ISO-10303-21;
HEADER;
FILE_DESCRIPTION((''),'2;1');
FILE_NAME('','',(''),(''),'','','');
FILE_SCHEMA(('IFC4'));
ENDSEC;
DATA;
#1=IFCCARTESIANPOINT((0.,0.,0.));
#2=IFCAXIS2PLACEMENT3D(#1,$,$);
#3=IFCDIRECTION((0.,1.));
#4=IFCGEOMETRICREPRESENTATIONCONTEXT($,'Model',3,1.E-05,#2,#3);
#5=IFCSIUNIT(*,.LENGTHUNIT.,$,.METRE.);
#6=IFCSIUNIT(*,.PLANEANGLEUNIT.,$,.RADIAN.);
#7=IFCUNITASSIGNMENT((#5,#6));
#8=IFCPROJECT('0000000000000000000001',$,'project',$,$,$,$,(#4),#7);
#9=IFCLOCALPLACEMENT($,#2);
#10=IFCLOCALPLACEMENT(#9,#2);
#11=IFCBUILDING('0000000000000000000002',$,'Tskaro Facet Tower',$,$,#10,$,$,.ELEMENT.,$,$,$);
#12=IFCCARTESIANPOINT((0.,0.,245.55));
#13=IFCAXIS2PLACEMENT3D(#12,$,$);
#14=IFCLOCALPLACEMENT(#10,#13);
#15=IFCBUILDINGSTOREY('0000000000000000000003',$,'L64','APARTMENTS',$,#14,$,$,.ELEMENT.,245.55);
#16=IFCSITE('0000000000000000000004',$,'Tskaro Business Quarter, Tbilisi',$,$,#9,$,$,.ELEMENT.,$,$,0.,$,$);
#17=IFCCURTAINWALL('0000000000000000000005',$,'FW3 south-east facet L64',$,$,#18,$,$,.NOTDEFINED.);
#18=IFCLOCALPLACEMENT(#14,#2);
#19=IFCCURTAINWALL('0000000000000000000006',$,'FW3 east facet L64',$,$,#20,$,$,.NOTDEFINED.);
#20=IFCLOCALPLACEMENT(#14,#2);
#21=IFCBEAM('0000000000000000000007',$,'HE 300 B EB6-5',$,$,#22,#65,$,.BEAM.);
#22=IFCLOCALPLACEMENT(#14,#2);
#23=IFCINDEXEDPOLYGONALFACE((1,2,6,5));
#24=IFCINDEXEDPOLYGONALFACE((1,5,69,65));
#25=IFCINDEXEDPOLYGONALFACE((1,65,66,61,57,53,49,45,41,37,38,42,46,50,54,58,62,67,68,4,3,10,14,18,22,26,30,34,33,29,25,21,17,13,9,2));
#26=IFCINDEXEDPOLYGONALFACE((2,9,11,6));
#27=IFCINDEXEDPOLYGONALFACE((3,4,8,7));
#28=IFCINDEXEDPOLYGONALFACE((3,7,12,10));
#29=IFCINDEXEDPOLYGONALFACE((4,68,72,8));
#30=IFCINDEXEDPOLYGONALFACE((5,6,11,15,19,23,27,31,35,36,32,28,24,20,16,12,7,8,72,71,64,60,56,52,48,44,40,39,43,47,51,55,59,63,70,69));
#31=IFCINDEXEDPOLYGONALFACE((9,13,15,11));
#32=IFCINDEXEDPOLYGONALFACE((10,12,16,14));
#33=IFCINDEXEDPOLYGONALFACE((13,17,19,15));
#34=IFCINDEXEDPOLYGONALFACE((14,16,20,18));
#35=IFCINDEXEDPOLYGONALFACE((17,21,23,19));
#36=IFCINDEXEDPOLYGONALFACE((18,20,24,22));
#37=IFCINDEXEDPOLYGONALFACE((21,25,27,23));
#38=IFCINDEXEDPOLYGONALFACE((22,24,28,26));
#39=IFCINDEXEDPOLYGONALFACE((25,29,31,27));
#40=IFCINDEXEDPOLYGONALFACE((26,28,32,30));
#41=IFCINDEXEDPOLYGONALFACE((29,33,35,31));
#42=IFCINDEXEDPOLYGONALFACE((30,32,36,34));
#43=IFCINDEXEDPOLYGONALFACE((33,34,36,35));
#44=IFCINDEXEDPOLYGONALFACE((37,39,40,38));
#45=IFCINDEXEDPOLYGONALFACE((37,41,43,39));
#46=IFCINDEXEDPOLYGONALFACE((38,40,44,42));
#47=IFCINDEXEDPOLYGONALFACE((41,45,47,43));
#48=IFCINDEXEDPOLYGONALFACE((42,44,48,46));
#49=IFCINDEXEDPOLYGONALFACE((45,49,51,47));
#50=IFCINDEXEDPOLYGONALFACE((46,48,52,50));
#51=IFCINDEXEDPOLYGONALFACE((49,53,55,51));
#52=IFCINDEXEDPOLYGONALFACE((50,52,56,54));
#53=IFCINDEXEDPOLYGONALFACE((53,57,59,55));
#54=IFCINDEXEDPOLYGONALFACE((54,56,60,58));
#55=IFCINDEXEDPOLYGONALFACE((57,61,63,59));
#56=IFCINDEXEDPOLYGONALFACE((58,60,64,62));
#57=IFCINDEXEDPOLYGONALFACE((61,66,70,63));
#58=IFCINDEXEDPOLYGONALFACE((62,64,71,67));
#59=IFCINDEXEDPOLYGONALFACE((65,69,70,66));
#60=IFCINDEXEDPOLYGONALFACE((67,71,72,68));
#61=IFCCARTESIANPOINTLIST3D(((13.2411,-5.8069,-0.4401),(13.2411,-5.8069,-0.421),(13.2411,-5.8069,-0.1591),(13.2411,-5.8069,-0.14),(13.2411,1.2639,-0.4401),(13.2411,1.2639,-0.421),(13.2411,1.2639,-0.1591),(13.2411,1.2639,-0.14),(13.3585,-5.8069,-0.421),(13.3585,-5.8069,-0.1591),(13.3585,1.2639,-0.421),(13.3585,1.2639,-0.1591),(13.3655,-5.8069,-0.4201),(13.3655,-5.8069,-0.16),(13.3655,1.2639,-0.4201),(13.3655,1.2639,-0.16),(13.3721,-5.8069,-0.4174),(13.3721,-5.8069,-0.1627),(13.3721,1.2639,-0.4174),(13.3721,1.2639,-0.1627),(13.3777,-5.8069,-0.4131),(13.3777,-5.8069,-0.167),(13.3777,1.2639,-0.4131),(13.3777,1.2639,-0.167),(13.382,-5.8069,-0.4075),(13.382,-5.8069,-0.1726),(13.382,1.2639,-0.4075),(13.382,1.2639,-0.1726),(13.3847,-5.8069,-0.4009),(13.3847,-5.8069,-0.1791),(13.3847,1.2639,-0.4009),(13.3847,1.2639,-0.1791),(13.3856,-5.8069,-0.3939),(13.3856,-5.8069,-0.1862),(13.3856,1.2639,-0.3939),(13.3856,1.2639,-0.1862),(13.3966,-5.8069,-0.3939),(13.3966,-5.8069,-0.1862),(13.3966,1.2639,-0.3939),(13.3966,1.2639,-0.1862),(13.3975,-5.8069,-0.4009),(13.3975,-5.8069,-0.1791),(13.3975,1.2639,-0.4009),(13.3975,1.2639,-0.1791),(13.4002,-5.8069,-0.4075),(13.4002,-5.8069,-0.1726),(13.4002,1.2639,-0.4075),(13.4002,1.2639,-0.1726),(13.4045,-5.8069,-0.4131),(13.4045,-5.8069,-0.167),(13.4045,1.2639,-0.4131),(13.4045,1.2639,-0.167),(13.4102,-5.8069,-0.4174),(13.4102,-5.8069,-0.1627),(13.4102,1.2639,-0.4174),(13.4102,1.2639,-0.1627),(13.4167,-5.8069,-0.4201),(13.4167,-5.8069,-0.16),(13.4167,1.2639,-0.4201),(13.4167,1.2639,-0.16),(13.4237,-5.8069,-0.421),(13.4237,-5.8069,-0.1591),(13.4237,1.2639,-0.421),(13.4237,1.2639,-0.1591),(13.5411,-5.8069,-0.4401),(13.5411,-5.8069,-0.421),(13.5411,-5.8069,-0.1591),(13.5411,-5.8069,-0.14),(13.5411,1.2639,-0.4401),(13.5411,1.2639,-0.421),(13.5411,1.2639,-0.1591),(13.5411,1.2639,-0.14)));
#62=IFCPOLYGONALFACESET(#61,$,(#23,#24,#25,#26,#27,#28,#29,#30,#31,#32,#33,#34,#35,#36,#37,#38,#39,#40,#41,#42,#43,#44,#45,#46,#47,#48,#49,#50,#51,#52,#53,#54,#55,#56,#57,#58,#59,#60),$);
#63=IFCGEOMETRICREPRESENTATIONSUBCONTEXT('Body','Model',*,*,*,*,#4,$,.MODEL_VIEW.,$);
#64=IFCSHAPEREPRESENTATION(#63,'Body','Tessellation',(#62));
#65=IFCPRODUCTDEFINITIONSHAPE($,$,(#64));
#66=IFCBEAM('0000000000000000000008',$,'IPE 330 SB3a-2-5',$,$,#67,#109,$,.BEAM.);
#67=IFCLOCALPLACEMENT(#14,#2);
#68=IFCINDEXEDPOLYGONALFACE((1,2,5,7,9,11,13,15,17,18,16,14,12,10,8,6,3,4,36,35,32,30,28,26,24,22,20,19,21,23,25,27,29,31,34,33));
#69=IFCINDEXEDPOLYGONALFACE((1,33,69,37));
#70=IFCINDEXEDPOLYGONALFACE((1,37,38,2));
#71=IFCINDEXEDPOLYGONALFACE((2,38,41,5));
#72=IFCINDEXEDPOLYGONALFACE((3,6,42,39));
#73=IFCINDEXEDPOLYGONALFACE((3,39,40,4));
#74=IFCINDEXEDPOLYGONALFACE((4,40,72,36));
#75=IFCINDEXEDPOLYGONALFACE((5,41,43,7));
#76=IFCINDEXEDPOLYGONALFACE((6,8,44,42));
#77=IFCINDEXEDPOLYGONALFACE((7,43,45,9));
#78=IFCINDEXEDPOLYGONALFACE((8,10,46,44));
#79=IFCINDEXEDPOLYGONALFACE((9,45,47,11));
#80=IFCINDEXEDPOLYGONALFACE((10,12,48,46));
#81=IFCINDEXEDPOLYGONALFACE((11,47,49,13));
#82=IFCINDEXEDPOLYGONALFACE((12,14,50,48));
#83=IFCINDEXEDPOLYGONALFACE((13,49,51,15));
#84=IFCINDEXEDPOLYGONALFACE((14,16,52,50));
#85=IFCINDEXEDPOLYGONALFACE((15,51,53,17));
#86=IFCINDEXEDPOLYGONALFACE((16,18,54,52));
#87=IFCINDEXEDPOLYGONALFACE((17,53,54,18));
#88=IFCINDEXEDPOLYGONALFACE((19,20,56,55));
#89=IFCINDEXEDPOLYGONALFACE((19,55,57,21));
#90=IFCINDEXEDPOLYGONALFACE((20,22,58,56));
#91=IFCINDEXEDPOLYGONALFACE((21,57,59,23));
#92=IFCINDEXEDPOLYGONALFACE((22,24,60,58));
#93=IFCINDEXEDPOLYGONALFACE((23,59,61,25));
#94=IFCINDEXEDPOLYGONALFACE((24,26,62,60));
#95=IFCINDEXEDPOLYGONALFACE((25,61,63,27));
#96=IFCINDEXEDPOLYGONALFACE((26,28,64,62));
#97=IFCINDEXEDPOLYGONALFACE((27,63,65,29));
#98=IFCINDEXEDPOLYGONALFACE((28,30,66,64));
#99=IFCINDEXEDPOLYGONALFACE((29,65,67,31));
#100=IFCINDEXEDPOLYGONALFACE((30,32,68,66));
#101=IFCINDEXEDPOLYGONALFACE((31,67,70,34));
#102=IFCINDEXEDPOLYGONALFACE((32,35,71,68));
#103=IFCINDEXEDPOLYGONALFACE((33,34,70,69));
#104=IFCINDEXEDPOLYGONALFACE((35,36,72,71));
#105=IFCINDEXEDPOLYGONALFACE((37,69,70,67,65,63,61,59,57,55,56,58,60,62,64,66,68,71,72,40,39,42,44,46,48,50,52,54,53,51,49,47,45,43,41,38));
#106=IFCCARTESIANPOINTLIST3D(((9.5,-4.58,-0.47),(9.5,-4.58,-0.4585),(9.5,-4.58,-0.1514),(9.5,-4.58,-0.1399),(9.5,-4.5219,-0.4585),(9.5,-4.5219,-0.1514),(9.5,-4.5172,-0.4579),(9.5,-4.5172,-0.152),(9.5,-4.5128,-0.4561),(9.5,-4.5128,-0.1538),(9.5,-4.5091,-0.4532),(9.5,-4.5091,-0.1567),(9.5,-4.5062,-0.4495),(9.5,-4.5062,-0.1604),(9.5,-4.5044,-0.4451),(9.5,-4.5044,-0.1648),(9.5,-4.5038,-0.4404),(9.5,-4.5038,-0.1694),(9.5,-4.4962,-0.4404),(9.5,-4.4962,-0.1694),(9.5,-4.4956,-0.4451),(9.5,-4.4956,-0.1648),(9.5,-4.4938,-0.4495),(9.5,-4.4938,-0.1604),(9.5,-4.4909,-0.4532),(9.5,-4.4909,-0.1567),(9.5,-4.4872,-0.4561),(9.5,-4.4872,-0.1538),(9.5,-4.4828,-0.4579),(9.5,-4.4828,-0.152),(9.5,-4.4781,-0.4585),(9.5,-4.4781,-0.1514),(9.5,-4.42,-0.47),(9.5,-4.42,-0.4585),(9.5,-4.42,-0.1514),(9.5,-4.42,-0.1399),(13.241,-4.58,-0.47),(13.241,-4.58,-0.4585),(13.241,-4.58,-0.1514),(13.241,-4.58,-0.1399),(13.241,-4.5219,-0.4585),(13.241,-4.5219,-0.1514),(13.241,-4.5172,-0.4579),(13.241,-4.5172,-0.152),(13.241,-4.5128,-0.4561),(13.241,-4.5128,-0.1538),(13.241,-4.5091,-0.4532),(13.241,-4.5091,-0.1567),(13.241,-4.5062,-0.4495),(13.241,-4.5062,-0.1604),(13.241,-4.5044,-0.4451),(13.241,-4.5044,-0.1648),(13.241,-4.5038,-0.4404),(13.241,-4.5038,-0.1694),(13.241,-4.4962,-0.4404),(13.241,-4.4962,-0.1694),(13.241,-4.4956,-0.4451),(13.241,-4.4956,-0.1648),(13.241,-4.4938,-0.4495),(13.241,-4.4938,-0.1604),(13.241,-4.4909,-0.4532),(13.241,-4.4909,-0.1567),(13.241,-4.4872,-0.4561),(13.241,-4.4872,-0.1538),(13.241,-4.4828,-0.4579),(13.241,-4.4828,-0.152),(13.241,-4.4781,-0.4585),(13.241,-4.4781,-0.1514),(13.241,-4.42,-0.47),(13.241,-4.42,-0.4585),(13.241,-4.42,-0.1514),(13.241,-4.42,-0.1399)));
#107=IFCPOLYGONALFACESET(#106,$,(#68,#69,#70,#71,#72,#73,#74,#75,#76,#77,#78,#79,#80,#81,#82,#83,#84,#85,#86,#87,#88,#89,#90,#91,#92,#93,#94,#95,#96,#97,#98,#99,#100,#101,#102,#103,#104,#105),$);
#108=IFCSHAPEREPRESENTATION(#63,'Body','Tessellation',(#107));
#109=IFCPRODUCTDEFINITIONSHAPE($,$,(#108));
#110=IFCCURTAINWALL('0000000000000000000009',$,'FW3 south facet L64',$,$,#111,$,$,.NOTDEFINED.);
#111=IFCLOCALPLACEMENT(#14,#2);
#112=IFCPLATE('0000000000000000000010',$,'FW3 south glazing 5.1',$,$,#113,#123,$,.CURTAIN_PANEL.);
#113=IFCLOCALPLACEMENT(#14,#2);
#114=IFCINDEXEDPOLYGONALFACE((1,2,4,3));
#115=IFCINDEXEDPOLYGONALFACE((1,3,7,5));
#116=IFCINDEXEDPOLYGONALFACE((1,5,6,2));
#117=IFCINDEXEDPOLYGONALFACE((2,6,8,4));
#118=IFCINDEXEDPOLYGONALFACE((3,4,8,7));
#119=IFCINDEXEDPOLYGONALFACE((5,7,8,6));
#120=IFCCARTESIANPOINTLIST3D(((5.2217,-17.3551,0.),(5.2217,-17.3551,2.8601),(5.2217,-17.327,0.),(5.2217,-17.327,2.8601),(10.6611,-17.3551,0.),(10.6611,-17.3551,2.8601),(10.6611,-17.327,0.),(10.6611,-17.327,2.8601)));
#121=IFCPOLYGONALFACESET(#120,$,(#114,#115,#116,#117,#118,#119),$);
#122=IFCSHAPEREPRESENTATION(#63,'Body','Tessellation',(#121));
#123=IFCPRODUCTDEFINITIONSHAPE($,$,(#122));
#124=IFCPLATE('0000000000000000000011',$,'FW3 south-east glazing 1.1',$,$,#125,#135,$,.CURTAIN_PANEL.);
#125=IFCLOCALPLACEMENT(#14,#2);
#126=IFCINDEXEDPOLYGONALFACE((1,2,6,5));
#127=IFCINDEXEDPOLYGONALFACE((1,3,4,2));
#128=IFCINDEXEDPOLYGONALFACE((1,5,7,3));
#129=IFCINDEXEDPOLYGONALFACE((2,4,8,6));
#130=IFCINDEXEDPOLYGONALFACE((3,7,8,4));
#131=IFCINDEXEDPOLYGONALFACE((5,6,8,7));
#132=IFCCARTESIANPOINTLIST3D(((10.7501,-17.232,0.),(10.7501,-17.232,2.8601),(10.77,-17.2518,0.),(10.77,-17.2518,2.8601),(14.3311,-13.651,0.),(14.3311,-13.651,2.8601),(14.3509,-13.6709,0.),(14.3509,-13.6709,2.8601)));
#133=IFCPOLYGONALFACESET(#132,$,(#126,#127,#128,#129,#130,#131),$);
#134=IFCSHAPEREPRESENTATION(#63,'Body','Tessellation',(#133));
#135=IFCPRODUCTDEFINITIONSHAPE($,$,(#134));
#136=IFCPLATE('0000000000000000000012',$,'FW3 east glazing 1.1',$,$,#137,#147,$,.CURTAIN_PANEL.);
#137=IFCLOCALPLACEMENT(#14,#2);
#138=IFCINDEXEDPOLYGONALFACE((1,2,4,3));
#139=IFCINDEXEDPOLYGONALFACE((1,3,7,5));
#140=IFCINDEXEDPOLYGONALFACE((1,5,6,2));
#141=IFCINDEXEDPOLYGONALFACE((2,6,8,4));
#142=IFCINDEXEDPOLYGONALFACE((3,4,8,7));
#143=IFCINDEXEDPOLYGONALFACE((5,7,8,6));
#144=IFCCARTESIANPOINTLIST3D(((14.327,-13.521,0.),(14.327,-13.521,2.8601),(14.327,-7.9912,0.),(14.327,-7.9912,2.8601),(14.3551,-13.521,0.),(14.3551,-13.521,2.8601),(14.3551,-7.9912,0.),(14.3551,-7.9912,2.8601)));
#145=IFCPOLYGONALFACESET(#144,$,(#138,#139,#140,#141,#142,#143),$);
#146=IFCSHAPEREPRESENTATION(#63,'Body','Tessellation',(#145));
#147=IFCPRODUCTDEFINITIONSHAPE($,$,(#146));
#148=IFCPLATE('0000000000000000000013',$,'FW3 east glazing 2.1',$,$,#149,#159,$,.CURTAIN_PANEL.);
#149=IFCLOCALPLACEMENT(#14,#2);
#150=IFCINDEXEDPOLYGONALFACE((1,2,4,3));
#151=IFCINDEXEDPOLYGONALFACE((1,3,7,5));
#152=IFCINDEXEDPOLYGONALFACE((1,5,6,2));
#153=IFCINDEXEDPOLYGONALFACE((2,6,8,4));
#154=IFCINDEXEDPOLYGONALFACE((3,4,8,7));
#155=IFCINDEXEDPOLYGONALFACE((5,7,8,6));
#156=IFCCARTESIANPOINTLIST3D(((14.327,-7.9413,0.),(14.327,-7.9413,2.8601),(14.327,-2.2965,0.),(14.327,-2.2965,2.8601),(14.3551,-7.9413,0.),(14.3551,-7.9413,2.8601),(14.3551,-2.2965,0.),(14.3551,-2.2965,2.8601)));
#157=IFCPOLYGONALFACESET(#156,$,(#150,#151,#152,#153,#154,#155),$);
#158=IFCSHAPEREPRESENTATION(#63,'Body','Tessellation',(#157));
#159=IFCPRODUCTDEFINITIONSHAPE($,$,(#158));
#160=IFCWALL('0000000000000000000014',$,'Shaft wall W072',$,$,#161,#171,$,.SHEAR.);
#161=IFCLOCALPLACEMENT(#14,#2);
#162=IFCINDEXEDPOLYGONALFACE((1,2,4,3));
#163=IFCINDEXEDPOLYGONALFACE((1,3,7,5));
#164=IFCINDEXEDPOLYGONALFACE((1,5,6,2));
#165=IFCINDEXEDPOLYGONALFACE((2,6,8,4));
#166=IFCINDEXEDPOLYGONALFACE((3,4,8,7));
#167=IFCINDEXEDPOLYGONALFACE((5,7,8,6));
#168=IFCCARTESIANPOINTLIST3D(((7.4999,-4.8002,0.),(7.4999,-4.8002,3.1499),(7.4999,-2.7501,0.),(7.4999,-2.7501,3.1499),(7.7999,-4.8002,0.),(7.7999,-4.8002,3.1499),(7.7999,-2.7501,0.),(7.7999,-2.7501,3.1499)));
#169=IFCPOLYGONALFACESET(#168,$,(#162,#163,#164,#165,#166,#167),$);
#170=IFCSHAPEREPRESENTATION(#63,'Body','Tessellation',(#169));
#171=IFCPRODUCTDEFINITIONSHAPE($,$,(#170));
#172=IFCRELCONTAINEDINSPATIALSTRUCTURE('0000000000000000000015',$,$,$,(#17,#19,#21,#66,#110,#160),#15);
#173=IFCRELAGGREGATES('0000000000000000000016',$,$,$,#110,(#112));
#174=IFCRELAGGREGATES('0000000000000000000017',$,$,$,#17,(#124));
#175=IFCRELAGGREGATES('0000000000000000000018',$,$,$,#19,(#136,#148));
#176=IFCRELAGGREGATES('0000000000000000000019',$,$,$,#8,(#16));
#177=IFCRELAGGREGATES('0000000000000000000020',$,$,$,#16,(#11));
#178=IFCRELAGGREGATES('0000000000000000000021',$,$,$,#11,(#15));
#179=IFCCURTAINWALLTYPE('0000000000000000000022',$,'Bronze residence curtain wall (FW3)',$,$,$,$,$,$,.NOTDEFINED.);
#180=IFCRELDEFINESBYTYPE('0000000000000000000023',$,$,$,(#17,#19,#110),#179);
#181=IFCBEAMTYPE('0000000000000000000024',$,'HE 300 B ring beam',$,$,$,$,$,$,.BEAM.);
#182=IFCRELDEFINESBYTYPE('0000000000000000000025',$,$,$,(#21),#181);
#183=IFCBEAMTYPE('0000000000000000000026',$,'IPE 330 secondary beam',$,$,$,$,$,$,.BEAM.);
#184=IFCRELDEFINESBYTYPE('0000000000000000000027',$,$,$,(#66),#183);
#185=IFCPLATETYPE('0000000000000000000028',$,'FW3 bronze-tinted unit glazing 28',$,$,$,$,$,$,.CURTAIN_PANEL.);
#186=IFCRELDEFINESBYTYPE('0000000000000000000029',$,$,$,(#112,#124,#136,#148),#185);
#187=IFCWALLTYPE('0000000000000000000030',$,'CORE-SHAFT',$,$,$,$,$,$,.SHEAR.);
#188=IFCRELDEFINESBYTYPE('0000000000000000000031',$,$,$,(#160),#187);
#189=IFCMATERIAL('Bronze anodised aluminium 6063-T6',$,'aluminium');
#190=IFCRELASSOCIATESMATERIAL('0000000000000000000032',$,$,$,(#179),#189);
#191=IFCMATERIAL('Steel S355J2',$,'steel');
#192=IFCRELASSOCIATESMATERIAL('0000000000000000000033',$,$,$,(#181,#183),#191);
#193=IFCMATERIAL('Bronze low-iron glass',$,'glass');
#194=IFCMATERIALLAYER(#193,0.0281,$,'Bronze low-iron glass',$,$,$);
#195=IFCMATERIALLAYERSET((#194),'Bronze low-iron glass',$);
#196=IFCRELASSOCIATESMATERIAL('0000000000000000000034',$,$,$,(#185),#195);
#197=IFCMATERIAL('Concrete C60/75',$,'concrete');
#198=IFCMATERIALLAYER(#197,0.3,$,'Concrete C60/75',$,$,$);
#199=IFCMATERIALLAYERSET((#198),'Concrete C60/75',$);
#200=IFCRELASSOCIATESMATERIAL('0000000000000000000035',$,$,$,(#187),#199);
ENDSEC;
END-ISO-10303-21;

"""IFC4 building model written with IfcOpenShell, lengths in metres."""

from ifc_helpers import new_model, si_unit, direction, frame, frame_2d, origin, origin_2d, place, context, subcontext, project, spatial, rectangle, i_section, extrude, material, layer, layer_set, material_profile, profile_set, type_object, element, aggregate, save


model = new_model("IFC4")

# Units and contexts
model_context = context("Model", 3, precision=1e-05, world=origin(), true_north=direction((0.0, 1.0)))
body_context = subcontext(model_context, "Body", "Model", "MODEL_VIEW")
ifc_project = project(units=[si_unit("LENGTHUNIT", "METRE"), si_unit("PLANEANGLEUNIT", "RADIAN")], contexts=[model_context])

# Site, building, storey
site_placement = place(None, origin())
site = spatial("IfcSite", under=ifc_project, at=site_placement, Name="Tskaro Business Quarter, Tbilisi", CompositionType="ELEMENT", RefElevation=0.0)
building_placement = place(site_placement, origin())
building = spatial("IfcBuilding", under=site, at=building_placement, Name="Tskaro Facet Tower", CompositionType="ELEMENT")
storey_placement = place(building_placement, frame((0.0, 0.0, 245.55)))
storey = spatial("IfcBuildingStorey", under=building, at=storey_placement, Name="L64", Description="APARTMENTS", CompositionType="ELEMENT", Elevation=245.55)

# Shared definitions
ifc_material_1 = material(Name="Steel S355J2", Category="steel")

# Curtain wall
ifc_material_2 = material(Name="Bronze anodised aluminium 6063-T6", Category="aluminium")
curtain_wall_type = type_object("IfcCurtainWallType", Name="Bronze residence curtain wall (FW3)", PredefinedType="NOTDEFINED", material=ifc_material_2)
curtain_wall_1_placement = place(storey_placement, origin())
curtain_wall_1 = element("IfcCurtainWall", 1, at=curtain_wall_1_placement, inside=storey, type_object=curtain_wall_type, Name="FW3 south-east facet L64", PredefinedType="NOTDEFINED")

# Curtain wall
curtain_wall_2_placement = place(storey_placement, origin())
curtain_wall_2 = element("IfcCurtainWall", 2, at=curtain_wall_2_placement, inside=storey, type_object=curtain_wall_type, Name="FW3 east facet L64", PredefinedType="NOTDEFINED")

# Beams
ifc_material_profile_1 = material_profile(ifc_material_1, i_section(OverallWidth=0.3, OverallDepth=0.3, WebThickness=0.011, FlangeThickness=0.019, FilletRadius=0.0271, at=origin_2d()), Name="HE 300 B")
ifc_profile_set_1 = profile_set([ifc_material_profile_1], Name="Steel S355J2")
beam_type_1 = type_object("IfcBeamType", Name="HE 300 B ring beam", PredefinedType="BEAM", material=ifc_profile_set_1)
beam_1_placement = place(storey_placement, frame((13.3911, -5.8069, -0.29), z_axis=(0.0, 1.0, 0.0), x_axis=(-1.0, 0.0, 0.0)))
element("IfcBeam", 3, at=beam_1_placement, inside=storey, type_object=beam_type_1, Name="HE 300 B EB6-5", PredefinedType="BEAM", context=body_context, shape_type="SweptSolid", body=[
    extrude(i_section(OverallWidth=0.3, OverallDepth=0.3, WebThickness=0.011, FlangeThickness=0.019, FilletRadius=0.0271, at=origin_2d()), origin(), (0.0, 0.0, 1.0), 7.0708),
])
ifc_material_profile_2 = material_profile(ifc_material_1, i_section(OverallWidth=0.1599, OverallDepth=0.3301, WebThickness=0.0076, FlangeThickness=0.0115, FilletRadius=0.0181, at=origin_2d()), Name="IPE 330")
ifc_profile_set_2 = profile_set([ifc_material_profile_2], Name="Steel S355J2")
beam_type_2 = type_object("IfcBeamType", Name="IPE 330 secondary beam", PredefinedType="BEAM", material=ifc_profile_set_2)
beam_2_placement = place(storey_placement, frame((9.5, -4.5, -0.3049), z_axis=(1.0, 0.0, 0.0), x_axis=(0.0, 1.0, 0.0)))
element("IfcBeam", 4, at=beam_2_placement, inside=storey, type_object=beam_type_2, Name="IPE 330 SB3a-2-5", PredefinedType="BEAM", context=body_context, shape_type="SweptSolid", body=[
    extrude(i_section(OverallWidth=0.1599, OverallDepth=0.3301, WebThickness=0.0076, FlangeThickness=0.0115, FilletRadius=0.0181, at=origin_2d()), origin(), (0.0, 0.0, 1.0), 3.741),
])

# Curtain wall, plate
curtain_wall_3_placement = place(storey_placement, origin())
curtain_wall_3 = element("IfcCurtainWall", 5, at=curtain_wall_3_placement, inside=storey, type_object=curtain_wall_type, Name="FW3 south facet L64", PredefinedType="NOTDEFINED")
ifc_material_3 = material(Name="Bronze low-iron glass", Category="glass")
ifc_layer_1 = layer(ifc_material_3, 0.0281, Name="Bronze low-iron glass")
ifc_layer_set_1 = layer_set([ifc_layer_1], Name="Bronze low-iron glass")
plate_type = type_object("IfcPlateType", Name="FW3 bronze-tinted unit glazing 28", PredefinedType="CURTAIN_PANEL", material=ifc_layer_set_1)
plate_1_placement = place(storey_placement, frame((7.9414, -17.3411, 0.0), z_axis=(0.0, 0.0, 1.0), x_axis=(1.0, 0.0, 0.0)))
plate_1 = element("IfcPlate", 6, at=plate_1_placement, type_object=plate_type, Name="FW3 south glazing 5.1", PredefinedType="CURTAIN_PANEL", context=body_context, shape_type="SweptSolid", body=[
    extrude(rectangle(XDim=5.4395, YDim=0.0281, at=origin_2d()), origin(), (0.0, 0.0, 1.0), 2.8601),
])
aggregate(curtain_wall_3, [plate_1])

# Plates
plate_2_placement = place(storey_placement, frame((12.5505, -15.4514, 0.0), z_axis=(0.0, 0.0, 1.0), x_axis=(0.707107, 0.707107, 0.0)))
plate_2 = element("IfcPlate", 7, at=plate_2_placement, type_object=plate_type, Name="FW3 south-east glazing 1.1", PredefinedType="CURTAIN_PANEL", context=body_context, shape_type="SweptSolid", body=[
    extrude(rectangle(XDim=5.0642, YDim=0.0281, at=origin_2d()), origin(), (0.0, 0.0, 1.0), 2.8601),
])
aggregate(curtain_wall_1, [plate_2])
plate_3_placement = place(storey_placement, frame((14.3411, -10.7561, 0.0), z_axis=(0.0, 0.0, 1.0), x_axis=(0.0, 1.0, 0.0)))
plate_3 = element("IfcPlate", 8, at=plate_3_placement, type_object=plate_type, Name="FW3 east glazing 1.1", PredefinedType="CURTAIN_PANEL", context=body_context, shape_type="SweptSolid", body=[
    extrude(rectangle(XDim=5.5298, YDim=0.0281, at=origin_2d()), origin(), (0.0, 0.0, 1.0), 2.8601),
])
plate_4_placement = place(storey_placement, frame((14.3411, -5.1189, 0.0), z_axis=(0.0, 0.0, 1.0), x_axis=(0.0, 1.0, 0.0)))
plate_4 = element("IfcPlate", 9, at=plate_4_placement, type_object=plate_type, Name="FW3 east glazing 2.1", PredefinedType="CURTAIN_PANEL", context=body_context, shape_type="SweptSolid", body=[
    extrude(rectangle(XDim=5.6448, YDim=0.0281, at=origin_2d()), origin(), (0.0, 0.0, 1.0), 2.8601),
])
aggregate(curtain_wall_2, [plate_3, plate_4])

# Wall
ifc_material_4 = material(Name="Concrete C60/75", Category="concrete")
ifc_layer_2 = layer(ifc_material_4, 0.3, Name="Concrete C60/75")
ifc_layer_set_2 = layer_set([ifc_layer_2], Name="Concrete C60/75")
wall_type_1 = type_object("IfcWallType", Name="CORE-SHAFT", PredefinedType="SHEAR", material=ifc_layer_set_2)
wall_1_placement = place(storey_placement, frame((7.6499, -4.8, 0.0), z_axis=(0.0, 0.0, 1.0), x_axis=(0.0, 1.0, 0.0)))
element("IfcWall", 10, at=wall_1_placement, inside=storey, type_object=wall_type_1, Name="Shaft wall W072", PredefinedType="SHEAR", context=body_context, shape_type="SweptSolid", body=[
    extrude(rectangle(XDim=2.05, YDim=0.3, at=frame_2d((1.0249, 0.0))), origin(), (0.0, 0.0, 1.0), 3.1499),
])

save(model, "model.ifc")
